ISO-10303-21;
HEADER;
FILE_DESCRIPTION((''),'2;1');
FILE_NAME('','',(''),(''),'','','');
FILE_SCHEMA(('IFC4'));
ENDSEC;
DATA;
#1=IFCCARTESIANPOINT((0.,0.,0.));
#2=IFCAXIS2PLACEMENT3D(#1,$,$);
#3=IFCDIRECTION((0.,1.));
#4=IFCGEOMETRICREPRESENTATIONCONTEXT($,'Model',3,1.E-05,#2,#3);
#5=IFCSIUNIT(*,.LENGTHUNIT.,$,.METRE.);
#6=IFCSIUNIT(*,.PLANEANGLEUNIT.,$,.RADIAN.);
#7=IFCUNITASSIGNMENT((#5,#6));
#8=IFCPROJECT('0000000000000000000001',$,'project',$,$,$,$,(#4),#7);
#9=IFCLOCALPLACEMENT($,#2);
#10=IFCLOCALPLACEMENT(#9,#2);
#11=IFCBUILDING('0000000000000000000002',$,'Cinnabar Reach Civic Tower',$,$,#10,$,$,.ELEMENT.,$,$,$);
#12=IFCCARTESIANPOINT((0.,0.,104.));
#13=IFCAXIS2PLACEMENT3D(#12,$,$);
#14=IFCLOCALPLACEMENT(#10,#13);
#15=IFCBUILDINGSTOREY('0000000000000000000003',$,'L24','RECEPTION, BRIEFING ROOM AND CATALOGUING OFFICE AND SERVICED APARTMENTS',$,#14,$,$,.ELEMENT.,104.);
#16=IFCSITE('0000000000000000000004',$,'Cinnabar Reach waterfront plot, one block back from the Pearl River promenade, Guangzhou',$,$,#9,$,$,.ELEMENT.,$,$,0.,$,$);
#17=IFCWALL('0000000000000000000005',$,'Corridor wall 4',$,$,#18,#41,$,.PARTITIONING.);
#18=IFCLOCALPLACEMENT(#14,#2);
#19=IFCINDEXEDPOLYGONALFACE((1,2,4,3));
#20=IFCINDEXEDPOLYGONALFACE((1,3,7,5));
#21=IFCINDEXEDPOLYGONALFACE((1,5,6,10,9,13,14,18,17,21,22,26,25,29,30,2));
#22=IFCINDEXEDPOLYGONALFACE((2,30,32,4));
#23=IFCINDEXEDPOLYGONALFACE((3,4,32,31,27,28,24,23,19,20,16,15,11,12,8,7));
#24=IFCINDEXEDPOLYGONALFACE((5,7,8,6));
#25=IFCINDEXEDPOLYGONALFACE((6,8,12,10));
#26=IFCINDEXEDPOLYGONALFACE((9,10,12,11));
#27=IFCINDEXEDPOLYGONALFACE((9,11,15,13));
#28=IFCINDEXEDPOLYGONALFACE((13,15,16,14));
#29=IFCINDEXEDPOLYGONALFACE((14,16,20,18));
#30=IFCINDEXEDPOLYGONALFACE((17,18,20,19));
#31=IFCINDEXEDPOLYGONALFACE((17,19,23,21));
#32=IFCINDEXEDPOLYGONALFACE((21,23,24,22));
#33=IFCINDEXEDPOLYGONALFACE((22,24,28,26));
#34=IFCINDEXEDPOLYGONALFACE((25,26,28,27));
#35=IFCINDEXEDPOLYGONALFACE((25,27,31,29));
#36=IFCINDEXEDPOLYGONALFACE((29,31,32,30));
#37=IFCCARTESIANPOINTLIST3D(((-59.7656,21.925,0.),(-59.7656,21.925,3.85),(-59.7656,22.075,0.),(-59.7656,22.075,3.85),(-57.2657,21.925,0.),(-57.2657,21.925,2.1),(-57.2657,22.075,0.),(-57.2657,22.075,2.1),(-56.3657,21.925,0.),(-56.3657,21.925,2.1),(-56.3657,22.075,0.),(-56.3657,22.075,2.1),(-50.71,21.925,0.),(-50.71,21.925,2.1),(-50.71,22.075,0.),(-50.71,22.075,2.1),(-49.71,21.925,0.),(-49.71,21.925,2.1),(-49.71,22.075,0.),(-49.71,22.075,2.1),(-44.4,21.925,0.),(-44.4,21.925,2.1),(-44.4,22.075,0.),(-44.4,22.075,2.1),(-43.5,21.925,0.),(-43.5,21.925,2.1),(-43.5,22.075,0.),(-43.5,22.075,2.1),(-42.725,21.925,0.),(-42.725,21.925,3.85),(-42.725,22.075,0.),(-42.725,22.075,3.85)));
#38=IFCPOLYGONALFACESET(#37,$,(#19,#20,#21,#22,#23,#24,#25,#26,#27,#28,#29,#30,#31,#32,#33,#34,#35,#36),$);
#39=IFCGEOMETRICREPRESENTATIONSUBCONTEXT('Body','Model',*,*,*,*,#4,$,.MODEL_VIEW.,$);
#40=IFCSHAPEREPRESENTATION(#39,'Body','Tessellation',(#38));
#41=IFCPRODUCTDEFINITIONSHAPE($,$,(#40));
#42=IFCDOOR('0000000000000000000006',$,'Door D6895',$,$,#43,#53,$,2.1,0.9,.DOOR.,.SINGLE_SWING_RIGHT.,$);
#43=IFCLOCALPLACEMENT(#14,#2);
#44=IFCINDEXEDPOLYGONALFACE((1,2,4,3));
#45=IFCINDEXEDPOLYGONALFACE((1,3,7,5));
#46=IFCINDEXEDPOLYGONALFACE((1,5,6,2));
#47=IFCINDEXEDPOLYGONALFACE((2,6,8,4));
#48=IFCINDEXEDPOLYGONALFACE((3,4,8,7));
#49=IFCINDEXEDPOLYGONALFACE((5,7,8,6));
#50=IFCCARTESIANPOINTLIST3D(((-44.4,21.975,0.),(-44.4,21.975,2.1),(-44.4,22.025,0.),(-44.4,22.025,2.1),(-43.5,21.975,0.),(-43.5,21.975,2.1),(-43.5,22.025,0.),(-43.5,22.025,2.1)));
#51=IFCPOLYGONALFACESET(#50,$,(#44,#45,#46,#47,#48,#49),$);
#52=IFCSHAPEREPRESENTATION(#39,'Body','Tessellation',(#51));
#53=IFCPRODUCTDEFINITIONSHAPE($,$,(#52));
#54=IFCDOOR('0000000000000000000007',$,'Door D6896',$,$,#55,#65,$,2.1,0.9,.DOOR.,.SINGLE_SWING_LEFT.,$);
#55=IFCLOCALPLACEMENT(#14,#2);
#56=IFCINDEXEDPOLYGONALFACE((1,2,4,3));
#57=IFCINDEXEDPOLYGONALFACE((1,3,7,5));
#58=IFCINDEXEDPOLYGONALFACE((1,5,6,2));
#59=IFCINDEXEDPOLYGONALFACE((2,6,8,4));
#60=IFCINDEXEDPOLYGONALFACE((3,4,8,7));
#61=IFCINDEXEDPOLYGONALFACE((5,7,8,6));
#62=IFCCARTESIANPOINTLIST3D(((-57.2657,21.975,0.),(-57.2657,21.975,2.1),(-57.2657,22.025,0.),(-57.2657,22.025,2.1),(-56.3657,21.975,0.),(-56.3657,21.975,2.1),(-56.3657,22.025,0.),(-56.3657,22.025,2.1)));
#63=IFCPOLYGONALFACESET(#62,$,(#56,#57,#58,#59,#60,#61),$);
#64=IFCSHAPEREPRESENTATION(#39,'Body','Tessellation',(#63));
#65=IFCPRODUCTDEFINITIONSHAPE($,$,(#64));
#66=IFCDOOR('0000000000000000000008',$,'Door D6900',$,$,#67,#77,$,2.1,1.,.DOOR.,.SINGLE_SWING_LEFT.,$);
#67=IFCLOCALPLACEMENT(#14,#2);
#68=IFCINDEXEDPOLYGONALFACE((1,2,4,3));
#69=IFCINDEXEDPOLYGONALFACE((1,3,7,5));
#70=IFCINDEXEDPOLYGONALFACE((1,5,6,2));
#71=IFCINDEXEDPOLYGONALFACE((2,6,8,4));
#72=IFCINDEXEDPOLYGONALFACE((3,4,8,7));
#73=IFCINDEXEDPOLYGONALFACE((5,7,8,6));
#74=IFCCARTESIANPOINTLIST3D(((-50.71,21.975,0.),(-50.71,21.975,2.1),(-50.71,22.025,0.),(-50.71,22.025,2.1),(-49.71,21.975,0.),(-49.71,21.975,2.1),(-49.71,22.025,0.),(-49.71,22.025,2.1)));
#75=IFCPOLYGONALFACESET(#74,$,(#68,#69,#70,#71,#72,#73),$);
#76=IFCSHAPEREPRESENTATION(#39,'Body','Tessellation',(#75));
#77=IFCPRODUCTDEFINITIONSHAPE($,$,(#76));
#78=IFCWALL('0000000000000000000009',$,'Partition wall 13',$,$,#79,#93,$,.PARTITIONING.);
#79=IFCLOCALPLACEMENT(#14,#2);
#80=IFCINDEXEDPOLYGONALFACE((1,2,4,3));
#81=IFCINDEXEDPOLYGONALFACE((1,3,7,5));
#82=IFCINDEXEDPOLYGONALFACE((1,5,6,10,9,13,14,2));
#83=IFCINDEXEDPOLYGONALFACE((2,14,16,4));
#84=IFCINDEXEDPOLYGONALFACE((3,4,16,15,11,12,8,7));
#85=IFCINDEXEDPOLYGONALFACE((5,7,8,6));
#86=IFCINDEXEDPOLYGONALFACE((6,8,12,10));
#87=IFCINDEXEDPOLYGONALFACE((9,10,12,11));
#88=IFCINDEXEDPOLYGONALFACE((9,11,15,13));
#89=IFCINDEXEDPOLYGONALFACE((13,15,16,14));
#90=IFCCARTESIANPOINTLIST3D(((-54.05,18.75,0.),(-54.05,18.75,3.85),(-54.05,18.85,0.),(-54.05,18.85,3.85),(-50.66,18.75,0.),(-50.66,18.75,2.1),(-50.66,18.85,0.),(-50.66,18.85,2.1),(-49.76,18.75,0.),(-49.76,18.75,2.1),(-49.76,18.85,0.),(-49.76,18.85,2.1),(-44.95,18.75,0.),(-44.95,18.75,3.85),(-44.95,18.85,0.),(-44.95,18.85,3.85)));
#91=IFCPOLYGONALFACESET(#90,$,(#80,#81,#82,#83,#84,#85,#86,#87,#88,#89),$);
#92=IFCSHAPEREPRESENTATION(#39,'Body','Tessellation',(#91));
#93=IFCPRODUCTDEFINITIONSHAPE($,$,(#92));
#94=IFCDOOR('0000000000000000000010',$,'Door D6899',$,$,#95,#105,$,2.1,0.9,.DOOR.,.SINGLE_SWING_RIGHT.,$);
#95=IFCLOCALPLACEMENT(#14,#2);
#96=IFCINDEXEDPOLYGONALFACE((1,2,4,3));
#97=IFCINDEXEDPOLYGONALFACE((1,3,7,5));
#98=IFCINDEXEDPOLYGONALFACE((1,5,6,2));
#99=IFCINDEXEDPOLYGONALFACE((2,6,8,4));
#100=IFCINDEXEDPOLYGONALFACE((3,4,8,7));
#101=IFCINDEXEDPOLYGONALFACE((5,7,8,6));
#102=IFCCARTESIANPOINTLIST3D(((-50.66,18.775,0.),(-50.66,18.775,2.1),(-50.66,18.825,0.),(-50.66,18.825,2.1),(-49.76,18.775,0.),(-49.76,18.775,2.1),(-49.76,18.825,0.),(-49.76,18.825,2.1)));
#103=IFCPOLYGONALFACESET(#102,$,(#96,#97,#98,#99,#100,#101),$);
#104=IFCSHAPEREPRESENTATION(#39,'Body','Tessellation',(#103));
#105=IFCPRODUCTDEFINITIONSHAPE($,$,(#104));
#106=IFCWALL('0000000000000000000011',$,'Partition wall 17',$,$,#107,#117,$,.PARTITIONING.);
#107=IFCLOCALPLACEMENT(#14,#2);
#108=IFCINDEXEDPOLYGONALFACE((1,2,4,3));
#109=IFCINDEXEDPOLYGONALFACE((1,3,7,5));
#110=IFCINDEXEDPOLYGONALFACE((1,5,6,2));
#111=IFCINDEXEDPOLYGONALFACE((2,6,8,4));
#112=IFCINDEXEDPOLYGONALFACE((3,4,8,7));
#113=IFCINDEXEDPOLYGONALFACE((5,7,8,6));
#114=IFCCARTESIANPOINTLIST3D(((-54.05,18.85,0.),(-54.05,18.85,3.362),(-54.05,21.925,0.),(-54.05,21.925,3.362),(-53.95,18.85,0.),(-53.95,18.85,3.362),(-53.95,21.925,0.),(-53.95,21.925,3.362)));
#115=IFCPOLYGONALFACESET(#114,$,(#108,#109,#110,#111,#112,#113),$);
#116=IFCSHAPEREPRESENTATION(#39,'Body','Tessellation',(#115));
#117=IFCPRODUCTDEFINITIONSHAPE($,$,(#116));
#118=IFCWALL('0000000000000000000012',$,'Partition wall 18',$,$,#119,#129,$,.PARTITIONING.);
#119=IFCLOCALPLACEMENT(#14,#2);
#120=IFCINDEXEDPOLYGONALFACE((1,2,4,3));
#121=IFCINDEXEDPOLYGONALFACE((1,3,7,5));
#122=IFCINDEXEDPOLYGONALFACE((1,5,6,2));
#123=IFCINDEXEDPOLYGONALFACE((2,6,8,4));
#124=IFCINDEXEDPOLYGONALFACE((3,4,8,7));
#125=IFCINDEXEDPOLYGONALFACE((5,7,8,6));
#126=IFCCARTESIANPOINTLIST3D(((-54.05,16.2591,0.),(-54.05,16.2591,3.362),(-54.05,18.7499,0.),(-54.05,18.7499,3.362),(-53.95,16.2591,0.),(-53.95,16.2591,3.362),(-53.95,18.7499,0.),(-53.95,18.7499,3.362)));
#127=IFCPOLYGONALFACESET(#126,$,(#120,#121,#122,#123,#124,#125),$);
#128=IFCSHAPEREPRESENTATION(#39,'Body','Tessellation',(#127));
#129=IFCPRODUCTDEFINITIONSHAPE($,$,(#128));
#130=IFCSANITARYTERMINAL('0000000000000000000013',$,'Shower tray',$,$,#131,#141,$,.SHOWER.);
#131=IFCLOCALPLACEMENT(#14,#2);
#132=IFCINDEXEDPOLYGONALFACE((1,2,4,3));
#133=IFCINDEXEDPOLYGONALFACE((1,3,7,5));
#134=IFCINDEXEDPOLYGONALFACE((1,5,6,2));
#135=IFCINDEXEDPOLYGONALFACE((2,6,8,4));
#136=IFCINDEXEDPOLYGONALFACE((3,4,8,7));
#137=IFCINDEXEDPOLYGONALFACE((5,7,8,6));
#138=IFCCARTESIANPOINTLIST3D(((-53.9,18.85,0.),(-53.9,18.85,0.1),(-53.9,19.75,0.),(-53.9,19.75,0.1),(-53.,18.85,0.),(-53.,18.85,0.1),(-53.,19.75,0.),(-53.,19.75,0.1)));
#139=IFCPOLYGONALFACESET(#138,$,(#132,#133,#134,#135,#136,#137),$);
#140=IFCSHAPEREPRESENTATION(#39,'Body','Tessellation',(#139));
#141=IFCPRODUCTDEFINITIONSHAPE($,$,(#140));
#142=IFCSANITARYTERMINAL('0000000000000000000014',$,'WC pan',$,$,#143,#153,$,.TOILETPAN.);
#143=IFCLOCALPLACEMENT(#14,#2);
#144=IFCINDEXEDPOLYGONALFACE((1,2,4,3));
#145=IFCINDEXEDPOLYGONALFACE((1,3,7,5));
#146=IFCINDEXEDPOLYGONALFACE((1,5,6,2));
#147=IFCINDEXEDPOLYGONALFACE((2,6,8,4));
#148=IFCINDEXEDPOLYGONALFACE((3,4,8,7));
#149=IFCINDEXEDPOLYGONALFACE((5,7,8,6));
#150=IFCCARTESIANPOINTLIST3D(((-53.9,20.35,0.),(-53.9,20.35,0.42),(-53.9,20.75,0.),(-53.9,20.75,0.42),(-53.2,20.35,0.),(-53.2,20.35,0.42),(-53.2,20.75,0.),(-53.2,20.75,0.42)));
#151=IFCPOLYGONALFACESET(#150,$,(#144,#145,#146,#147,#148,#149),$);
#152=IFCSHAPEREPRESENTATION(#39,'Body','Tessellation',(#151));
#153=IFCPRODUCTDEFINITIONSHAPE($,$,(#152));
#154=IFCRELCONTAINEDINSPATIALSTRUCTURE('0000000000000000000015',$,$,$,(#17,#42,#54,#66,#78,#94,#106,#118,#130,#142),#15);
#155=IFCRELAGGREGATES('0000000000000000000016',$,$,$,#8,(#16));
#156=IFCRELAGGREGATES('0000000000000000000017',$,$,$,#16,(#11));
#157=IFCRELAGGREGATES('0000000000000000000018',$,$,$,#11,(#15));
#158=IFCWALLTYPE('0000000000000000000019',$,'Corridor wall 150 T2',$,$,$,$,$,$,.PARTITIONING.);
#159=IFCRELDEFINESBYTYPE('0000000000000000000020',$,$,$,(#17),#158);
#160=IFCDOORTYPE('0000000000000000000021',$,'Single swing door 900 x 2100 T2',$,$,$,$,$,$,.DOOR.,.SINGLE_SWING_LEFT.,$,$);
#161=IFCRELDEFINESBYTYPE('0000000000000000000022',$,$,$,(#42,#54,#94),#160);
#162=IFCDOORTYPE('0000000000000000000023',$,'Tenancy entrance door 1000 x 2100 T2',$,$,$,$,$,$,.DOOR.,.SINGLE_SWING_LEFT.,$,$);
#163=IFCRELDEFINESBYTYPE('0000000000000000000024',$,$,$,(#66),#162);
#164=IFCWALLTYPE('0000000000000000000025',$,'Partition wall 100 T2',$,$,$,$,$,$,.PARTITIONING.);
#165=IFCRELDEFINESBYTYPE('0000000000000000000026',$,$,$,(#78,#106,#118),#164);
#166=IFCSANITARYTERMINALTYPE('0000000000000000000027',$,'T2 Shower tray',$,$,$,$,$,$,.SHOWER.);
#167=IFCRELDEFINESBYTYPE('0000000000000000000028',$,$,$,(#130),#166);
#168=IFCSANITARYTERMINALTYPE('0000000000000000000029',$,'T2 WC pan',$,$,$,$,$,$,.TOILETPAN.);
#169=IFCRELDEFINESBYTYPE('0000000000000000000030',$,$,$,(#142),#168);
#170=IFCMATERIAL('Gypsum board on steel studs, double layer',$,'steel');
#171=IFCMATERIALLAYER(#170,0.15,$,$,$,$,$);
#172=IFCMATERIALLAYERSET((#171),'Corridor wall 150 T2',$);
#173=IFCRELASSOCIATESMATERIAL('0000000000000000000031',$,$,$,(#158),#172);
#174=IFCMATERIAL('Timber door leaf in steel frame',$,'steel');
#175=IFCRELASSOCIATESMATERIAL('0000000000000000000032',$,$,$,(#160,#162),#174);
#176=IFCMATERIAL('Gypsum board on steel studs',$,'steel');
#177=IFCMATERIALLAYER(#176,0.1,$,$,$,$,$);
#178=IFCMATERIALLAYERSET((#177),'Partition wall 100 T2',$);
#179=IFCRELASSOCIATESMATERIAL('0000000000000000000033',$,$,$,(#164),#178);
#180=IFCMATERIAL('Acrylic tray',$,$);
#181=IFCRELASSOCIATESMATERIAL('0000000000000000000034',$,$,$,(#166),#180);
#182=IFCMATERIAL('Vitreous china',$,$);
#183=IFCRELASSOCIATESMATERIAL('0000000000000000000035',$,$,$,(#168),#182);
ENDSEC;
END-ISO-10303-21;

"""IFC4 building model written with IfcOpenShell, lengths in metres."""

from ifc_helpers import new_model, si_unit, direction, frame, frame_2d, origin, origin_2d, place, context, subcontext, project, spatial, rectangle, extrude, material, layer, layer_set, type_object, element, fill, save


model = new_model("IFC4")

# Units and contexts
model_context = context("Model", 3, precision=1e-05, world=origin(), true_north=direction((0.0, 1.0)))
body_context = subcontext(model_context, "Body", "Model", "MODEL_VIEW")
ifc_project = project(units=[si_unit("LENGTHUNIT", "METRE"), si_unit("PLANEANGLEUNIT", "RADIAN")], contexts=[model_context])

# Site, building, storey
site_placement = place(None, origin())
site = spatial("IfcSite", under=ifc_project, at=site_placement, Name="Cinnabar Reach waterfront plot, one block back from the Pearl River promenade, Guangzhou", CompositionType="ELEMENT", RefElevation=0.0)
building_placement = place(site_placement, origin())
building = spatial("IfcBuilding", under=site, at=building_placement, Name="Cinnabar Reach Civic Tower", CompositionType="ELEMENT")
storey_placement = place(building_placement, frame((0.0, 0.0, 104.0)))
storey = spatial("IfcBuildingStorey", under=building, at=storey_placement, Name="L24", Description="RECEPTION, BRIEFING ROOM AND CATALOGUING OFFICE AND SERVICED APARTMENTS", CompositionType="ELEMENT", Elevation=104.0)

# Wall, openings, doors
ifc_material_1 = material(Name="Gypsum board on steel studs, double layer", Category="steel")
ifc_layer_1 = layer(ifc_material_1, 0.15)
ifc_layer_set_1 = layer_set([ifc_layer_1], Name="Corridor wall 150 T2")
wall_type_1 = type_object("IfcWallType", Name="Corridor wall 150 T2", PredefinedType="PARTITIONING", material=ifc_layer_set_1)
wall_1_placement = place(storey_placement, frame((-59.7657, 22.0, 0.0), z_axis=(0.0, 0.0, 1.0), x_axis=(1.0, 0.0, 0.0)))
wall_1 = element("IfcWall", 1, at=wall_1_placement, inside=storey, type_object=wall_type_1, Name="Corridor wall 4", PredefinedType="PARTITIONING", context=body_context, shape_type="SweptSolid", body=[
    extrude(rectangle(XDim=17.0407, YDim=0.15, at=frame_2d((8.5204, 0.0))), origin(), (0.0, 0.0, 1.0), 3.85),
])
opening_1_placement = place(wall_1_placement, frame((15.3657, 0.0, 0.0)))
opening_1 = element("IfcOpeningElement", 2, at=opening_1_placement, cuts=wall_1, PredefinedType="OPENING", context=body_context, shape_type="SweptSolid", body=[
    extrude(rectangle(XDim=0.9, YDim=2.1, at=frame_2d((0.45, 1.05))), frame((0.0, 0.085, 0.0), z_axis=(0.0, -1.0, 0.0), x_axis=(1.0, 0.0, 0.0)), (0.0, 0.0, 1.0), 0.17),
])
opening_2_placement = place(wall_1_placement, frame((2.5, 0.0, 0.0)))
opening_2 = element("IfcOpeningElement", 3, at=opening_2_placement, cuts=wall_1, PredefinedType="OPENING", context=body_context, shape_type="SweptSolid", body=[
    extrude(rectangle(XDim=0.9, YDim=2.1, at=frame_2d((0.45, 1.05))), frame((0.0, 0.085, 0.0), z_axis=(0.0, -1.0, 0.0), x_axis=(1.0, 0.0, 0.0)), (0.0, 0.0, 1.0), 0.17),
])
opening_3_placement = place(wall_1_placement, frame((9.0557, 0.0, 0.0)))
opening_3 = element("IfcOpeningElement", 4, at=opening_3_placement, cuts=wall_1, PredefinedType="OPENING", context=body_context, shape_type="SweptSolid", body=[
    extrude(rectangle(XDim=1.0, YDim=2.1, at=frame_2d((0.5, 1.05))), frame((0.0, 0.085, 0.0), z_axis=(0.0, -1.0, 0.0), x_axis=(1.0, 0.0, 0.0)), (0.0, 0.0, 1.0), 0.17),
])
ifc_material_2 = material(Name="Timber door leaf in steel frame", Category="steel")
door_type_1 = type_object("IfcDoorType", Name="Single swing door 900 x 2100 T2", OperationType="SINGLE_SWING_LEFT", PredefinedType="DOOR", material=ifc_material_2)
door_1_placement = place(opening_1_placement, frame((0.9, 0.0, 0.0), z_axis=(0.0, 0.0, 1.0), x_axis=(-1.0, 0.0, 0.0)))
door_1 = element("IfcDoor", 5, at=door_1_placement, inside=storey, type_object=door_type_1, Name="Door D6895", OperationType="SINGLE_SWING_RIGHT", OverallHeight=2.1, OverallWidth=0.9, PredefinedType="DOOR", context=body_context, shape_type="SweptSolid", body=[
    extrude(rectangle(XDim=0.9, YDim=2.1, at=frame_2d((0.45, 1.05))), frame((0.0, 0.025, 0.0), z_axis=(0.0, -1.0, 0.0), x_axis=(1.0, 0.0, 0.0)), (0.0, 0.0, 1.0), 0.05),
])
fill(opening_1, door_1)
door_2_placement = place(opening_2_placement, frame((0.9, 0.0, 0.0), z_axis=(0.0, 0.0, 1.0), x_axis=(-1.0, 0.0, 0.0)))
door_2 = element("IfcDoor", 6, at=door_2_placement, inside=storey, type_object=door_type_1, Name="Door D6896", OperationType="SINGLE_SWING_LEFT", OverallHeight=2.1, OverallWidth=0.9, PredefinedType="DOOR", context=body_context, shape_type="SweptSolid", body=[
    extrude(rectangle(XDim=0.9, YDim=2.1, at=frame_2d((0.45, 1.05))), frame((0.0, 0.025, 0.0), z_axis=(0.0, -1.0, 0.0), x_axis=(1.0, 0.0, 0.0)), (0.0, 0.0, 1.0), 0.05),
])
fill(opening_2, door_2)
door_type_2 = type_object("IfcDoorType", Name="Tenancy entrance door 1000 x 2100 T2", OperationType="SINGLE_SWING_LEFT", PredefinedType="DOOR", material=ifc_material_2)
door_3_placement = place(opening_3_placement, frame((1.0, 0.0, 0.0), z_axis=(0.0, 0.0, 1.0), x_axis=(-1.0, 0.0, 0.0)))
door_3 = element("IfcDoor", 7, at=door_3_placement, inside=storey, type_object=door_type_2, Name="Door D6900", OperationType="SINGLE_SWING_LEFT", OverallHeight=2.1, OverallWidth=1.0, PredefinedType="DOOR", context=body_context, shape_type="SweptSolid", body=[
    extrude(rectangle(XDim=1.0, YDim=2.1, at=frame_2d((0.5, 1.05))), frame((0.0, 0.025, 0.0), z_axis=(0.0, -1.0, 0.0), x_axis=(1.0, 0.0, 0.0)), (0.0, 0.0, 1.0), 0.05),
])
fill(opening_3, door_3)

# Wall, opening, door
ifc_material_3 = material(Name="Gypsum board on steel studs", Category="steel")
ifc_layer_2 = layer(ifc_material_3, 0.1)
ifc_layer_set_2 = layer_set([ifc_layer_2], Name="Partition wall 100 T2")
wall_type_2 = type_object("IfcWallType", Name="Partition wall 100 T2", PredefinedType="PARTITIONING", material=ifc_layer_set_2)
wall_2_placement = place(storey_placement, frame((-54.05, 18.8, 0.0), z_axis=(0.0, 0.0, 1.0), x_axis=(1.0, 0.0, 0.0)))
wall_2 = element("IfcWall", 8, at=wall_2_placement, inside=storey, type_object=wall_type_2, Name="Partition wall 13", PredefinedType="PARTITIONING", context=body_context, shape_type="SweptSolid", body=[
    extrude(rectangle(XDim=9.1, YDim=0.1, at=frame_2d((4.55, 0.0))), origin(), (0.0, 0.0, 1.0), 3.85),
])
opening_4_placement = place(wall_2_placement, frame((3.39, 0.0, 0.0)))
opening_4 = element("IfcOpeningElement", 9, at=opening_4_placement, cuts=wall_2, PredefinedType="OPENING", context=body_context, shape_type="SweptSolid", body=[
    extrude(rectangle(XDim=0.9, YDim=2.1, at=frame_2d((0.45, 1.05))), frame((0.0, 0.06, 0.0), z_axis=(0.0, -1.0, 0.0), x_axis=(1.0, 0.0, 0.0)), (0.0, 0.0, 1.0), 0.12),
])
door_4_placement = place(opening_4_placement, origin())
door_4 = element("IfcDoor", 10, at=door_4_placement, inside=storey, type_object=door_type_1, Name="Door D6899", OperationType="SINGLE_SWING_RIGHT", OverallHeight=2.1, OverallWidth=0.9, PredefinedType="DOOR", context=body_context, shape_type="SweptSolid", body=[
    extrude(rectangle(XDim=0.9, YDim=2.1, at=frame_2d((0.45, 1.05))), frame((0.0, 0.025, 0.0), z_axis=(0.0, -1.0, 0.0), x_axis=(1.0, 0.0, 0.0)), (0.0, 0.0, 1.0), 0.05),
])
fill(opening_4, door_4)

# Walls
wall_3_placement = place(storey_placement, frame((-54.0, 18.85, 0.0), z_axis=(0.0, 0.0, 1.0), x_axis=(0.0, 1.0, 0.0)))
element("IfcWall", 11, at=wall_3_placement, inside=storey, type_object=wall_type_2, Name="Partition wall 17", PredefinedType="PARTITIONING", context=body_context, shape_type="SweptSolid", body=[
    extrude(rectangle(XDim=3.075, YDim=0.1, at=frame_2d((1.5375, 0.0))), origin(), (0.0, 0.0, 1.0), 3.362),
])
wall_4_placement = place(storey_placement, frame((-54.0, 16.2591, 0.0), z_axis=(0.0, 0.0, 1.0), x_axis=(0.0, 1.0, 0.0)))
element("IfcWall", 12, at=wall_4_placement, inside=storey, type_object=wall_type_2, Name="Partition wall 18", PredefinedType="PARTITIONING", context=body_context, shape_type="SweptSolid", body=[
    extrude(rectangle(XDim=2.4909, YDim=0.1, at=frame_2d((1.2454, 0.0))), origin(), (0.0, 0.0, 1.0), 3.362),
])

# Sanitary terminals
ifc_material_4 = material(Name="Acrylic tray")
sanitary_terminal_type_1 = type_object("IfcSanitaryTerminalType", Name="T2 Shower tray", PredefinedType="SHOWER", material=ifc_material_4)
sanitary_terminal_1_placement = place(storey_placement, frame((-53.45, 19.3, 0.0), z_axis=(0.0, 0.0, 1.0), x_axis=(1.0, 0.0, 0.0)))
element("IfcSanitaryTerminal", 13, at=sanitary_terminal_1_placement, inside=storey, type_object=sanitary_terminal_type_1, Name="Shower tray", PredefinedType="SHOWER", context=body_context, shape_type="SweptSolid", body=[
    extrude(rectangle(XDim=0.9, YDim=0.9, at=origin_2d()), origin(), (0.0, 0.0, 1.0), 0.1),
])
ifc_material_5 = material(Name="Vitreous china")
sanitary_terminal_type_2 = type_object("IfcSanitaryTerminalType", Name="T2 WC pan", PredefinedType="TOILETPAN", material=ifc_material_5)
sanitary_terminal_2_placement = place(storey_placement, frame((-53.55, 20.55, 0.0), z_axis=(0.0, 0.0, 1.0), x_axis=(1.0, 0.0, 0.0)))
element("IfcSanitaryTerminal", 14, at=sanitary_terminal_2_placement, inside=storey, type_object=sanitary_terminal_type_2, Name="WC pan", PredefinedType="TOILETPAN", context=body_context, shape_type="SweptSolid", body=[
    extrude(rectangle(XDim=0.7, YDim=0.4, at=origin_2d()), origin(), (0.0, 0.0, 1.0), 0.42),
])

save(model, "model.ifc")
